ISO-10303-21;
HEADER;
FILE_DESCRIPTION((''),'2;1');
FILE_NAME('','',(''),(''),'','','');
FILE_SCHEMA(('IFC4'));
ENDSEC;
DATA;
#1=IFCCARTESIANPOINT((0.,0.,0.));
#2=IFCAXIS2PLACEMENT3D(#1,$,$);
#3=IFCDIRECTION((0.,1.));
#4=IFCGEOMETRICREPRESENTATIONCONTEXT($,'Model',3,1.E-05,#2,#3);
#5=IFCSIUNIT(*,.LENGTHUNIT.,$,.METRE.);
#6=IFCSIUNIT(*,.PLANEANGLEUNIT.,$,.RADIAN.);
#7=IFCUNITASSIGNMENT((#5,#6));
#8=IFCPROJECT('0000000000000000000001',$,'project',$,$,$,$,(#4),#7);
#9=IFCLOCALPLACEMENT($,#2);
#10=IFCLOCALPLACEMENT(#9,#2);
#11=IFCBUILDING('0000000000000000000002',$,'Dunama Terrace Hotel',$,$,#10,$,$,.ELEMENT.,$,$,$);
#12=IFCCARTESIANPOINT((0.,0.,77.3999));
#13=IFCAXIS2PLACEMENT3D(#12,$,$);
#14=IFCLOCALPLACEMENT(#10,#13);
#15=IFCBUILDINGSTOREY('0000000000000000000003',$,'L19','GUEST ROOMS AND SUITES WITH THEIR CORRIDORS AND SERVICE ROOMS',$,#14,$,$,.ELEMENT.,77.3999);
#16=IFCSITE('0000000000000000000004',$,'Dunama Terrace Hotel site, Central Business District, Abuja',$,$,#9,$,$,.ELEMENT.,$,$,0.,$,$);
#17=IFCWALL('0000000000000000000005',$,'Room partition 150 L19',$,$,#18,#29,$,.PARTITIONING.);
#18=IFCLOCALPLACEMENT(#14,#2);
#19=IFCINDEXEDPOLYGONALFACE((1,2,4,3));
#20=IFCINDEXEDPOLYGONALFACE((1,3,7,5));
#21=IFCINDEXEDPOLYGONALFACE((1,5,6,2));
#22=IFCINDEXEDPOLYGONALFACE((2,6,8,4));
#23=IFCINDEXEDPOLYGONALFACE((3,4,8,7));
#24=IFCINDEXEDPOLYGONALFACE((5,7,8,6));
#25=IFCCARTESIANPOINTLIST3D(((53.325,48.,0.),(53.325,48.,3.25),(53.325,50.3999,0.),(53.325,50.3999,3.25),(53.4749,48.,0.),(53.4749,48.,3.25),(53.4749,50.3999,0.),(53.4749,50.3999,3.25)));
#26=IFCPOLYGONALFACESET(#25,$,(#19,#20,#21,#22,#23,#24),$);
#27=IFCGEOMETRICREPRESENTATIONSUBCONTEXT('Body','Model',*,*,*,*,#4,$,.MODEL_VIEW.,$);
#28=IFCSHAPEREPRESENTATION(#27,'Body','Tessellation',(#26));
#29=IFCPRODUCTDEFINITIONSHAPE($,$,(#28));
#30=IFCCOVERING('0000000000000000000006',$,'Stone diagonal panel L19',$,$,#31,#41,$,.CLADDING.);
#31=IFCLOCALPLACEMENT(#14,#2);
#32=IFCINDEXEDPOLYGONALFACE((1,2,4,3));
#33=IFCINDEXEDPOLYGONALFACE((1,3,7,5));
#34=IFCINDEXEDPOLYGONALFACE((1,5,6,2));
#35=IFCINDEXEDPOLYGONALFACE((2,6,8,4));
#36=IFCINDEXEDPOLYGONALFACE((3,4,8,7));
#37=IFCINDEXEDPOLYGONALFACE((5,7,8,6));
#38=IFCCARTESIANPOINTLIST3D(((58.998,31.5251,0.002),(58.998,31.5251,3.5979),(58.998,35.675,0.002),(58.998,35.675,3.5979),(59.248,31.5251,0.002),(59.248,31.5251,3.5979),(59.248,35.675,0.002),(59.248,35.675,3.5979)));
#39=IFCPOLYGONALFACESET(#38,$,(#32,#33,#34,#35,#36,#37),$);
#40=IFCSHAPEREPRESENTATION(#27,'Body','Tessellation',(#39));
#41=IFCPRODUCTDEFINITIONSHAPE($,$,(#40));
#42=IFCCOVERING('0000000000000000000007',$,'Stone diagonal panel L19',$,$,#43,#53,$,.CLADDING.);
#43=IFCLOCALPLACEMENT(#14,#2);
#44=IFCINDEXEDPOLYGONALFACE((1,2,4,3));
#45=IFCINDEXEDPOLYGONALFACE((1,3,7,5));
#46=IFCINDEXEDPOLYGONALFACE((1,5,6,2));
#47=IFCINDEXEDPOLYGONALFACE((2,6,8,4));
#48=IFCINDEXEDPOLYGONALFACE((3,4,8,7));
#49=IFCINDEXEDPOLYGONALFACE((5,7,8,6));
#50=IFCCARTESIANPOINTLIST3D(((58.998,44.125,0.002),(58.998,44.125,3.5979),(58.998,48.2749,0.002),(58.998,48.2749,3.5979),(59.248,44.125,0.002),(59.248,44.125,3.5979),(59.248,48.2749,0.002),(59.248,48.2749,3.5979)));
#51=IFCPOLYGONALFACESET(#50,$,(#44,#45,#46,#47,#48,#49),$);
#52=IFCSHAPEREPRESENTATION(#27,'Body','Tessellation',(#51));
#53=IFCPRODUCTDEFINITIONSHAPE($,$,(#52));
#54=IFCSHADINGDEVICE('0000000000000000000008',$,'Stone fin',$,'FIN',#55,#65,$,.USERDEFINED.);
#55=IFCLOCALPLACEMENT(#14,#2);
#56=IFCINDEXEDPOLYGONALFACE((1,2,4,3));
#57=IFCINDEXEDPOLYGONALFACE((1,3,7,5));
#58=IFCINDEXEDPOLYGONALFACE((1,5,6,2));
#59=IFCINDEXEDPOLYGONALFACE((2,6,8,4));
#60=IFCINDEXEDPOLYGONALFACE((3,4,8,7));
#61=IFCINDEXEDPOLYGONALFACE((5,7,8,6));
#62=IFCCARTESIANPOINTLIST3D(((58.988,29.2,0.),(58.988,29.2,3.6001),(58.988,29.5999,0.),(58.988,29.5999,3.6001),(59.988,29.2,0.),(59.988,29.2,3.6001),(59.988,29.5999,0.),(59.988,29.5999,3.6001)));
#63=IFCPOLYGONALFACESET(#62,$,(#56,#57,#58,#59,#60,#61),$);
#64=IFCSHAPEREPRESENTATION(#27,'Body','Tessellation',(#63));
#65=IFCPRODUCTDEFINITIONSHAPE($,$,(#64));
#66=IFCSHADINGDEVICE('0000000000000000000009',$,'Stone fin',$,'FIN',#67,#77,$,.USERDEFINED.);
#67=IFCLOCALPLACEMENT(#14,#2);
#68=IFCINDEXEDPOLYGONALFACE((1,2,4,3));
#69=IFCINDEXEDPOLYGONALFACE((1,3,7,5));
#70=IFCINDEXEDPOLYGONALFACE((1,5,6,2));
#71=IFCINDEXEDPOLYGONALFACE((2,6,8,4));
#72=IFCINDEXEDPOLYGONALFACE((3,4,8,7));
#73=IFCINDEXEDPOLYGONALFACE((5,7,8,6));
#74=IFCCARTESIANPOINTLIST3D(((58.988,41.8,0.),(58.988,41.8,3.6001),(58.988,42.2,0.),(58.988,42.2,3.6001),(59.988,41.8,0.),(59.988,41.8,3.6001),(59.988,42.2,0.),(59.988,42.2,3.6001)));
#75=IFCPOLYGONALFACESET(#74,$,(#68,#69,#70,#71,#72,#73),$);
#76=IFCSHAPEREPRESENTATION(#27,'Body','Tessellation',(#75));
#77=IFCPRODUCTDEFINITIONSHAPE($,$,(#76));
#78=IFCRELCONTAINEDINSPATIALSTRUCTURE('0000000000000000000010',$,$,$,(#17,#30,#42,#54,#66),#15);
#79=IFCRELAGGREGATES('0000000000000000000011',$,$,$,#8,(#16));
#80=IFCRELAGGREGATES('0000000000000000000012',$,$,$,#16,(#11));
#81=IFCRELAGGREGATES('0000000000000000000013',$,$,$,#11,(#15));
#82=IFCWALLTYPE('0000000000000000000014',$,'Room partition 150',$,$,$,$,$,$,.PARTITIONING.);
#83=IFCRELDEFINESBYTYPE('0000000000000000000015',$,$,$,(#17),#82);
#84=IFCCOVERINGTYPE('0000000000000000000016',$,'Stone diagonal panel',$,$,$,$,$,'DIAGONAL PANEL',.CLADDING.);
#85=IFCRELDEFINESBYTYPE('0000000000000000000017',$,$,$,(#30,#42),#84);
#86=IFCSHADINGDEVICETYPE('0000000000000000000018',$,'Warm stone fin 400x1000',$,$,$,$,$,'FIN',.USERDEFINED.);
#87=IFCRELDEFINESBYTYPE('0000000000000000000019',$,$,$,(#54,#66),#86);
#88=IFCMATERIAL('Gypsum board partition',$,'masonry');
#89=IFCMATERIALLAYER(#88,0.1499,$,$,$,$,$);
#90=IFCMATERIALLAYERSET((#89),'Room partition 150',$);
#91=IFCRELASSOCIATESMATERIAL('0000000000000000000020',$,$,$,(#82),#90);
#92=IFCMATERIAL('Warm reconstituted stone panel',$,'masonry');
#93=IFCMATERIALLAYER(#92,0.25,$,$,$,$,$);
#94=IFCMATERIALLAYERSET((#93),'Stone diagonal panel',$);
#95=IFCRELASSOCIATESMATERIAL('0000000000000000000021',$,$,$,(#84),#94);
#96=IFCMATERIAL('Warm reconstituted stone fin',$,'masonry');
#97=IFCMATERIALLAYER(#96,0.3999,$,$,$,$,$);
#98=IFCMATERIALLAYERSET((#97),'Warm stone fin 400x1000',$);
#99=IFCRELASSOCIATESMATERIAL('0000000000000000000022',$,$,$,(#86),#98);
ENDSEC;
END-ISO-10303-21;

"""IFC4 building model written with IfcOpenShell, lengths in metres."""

from ifc_helpers import new_model, si_unit, direction, frame, frame_2d, origin, origin_2d, place, context, subcontext, project, spatial, rectangle, extrude, material, layer, layer_set, type_object, element, save


model = new_model("IFC4")

# Units and contexts
model_context = context("Model", 3, precision=1e-05, world=origin(), true_north=direction((0.0, 1.0)))
body_context = subcontext(model_context, "Body", "Model", "MODEL_VIEW")
ifc_project = project(units=[si_unit("LENGTHUNIT", "METRE"), si_unit("PLANEANGLEUNIT", "RADIAN")], contexts=[model_context])

# Site, building, storey
site_placement = place(None, origin())
site = spatial("IfcSite", under=ifc_project, at=site_placement, Name="Dunama Terrace Hotel site, Central Business District, Abuja", CompositionType="ELEMENT", RefElevation=0.0)
building_placement = place(site_placement, origin())
building = spatial("IfcBuilding", under=site, at=building_placement, Name="Dunama Terrace Hotel", CompositionType="ELEMENT")
storey_placement = place(building_placement, frame((0.0, 0.0, 77.3999)))
storey = spatial("IfcBuildingStorey", under=building, at=storey_placement, Name="L19", Description="GUEST ROOMS AND SUITES WITH THEIR CORRIDORS AND SERVICE ROOMS", CompositionType="ELEMENT", Elevation=77.3999)

# Shared definitions
ifc_material_1 = material(Name="Gypsum board partition", Category="masonry")
ifc_layer_1 = layer(ifc_material_1, 0.1499)
ifc_layer_set_1 = layer_set([ifc_layer_1], Name="Room partition 150")
wall_type = type_object("IfcWallType", Name="Room partition 150", PredefinedType="PARTITIONING", material=ifc_layer_set_1)

# Wall
wall_1_placement = place(storey_placement, frame((53.3999, 48.0, 0.0), z_axis=(0.0, 0.0, 1.0), x_axis=(0.0, 1.0, 0.0)))
element("IfcWall", 1, at=wall_1_placement, inside=storey, type_object=wall_type, Name="Room partition 150 L19", PredefinedType="PARTITIONING", context=body_context, shape_type="SweptSolid", body=[
    extrude(rectangle(XDim=2.3999, YDim=0.1499, at=frame_2d((1.2, 0.0))), origin(), (0.0, 0.0, 1.0), 3.25),
])

# Coverings
ifc_material_2 = material(Name="Warm reconstituted stone panel", Category="masonry")
ifc_layer_2 = layer(ifc_material_2, 0.25)
ifc_layer_set_2 = layer_set([ifc_layer_2], Name="Stone diagonal panel")
covering_type = type_object("IfcCoveringType", Name="Stone diagonal panel", ElementType="DIAGONAL PANEL", PredefinedType="CLADDING", material=ifc_layer_set_2)
for number, where, z_axis, x_axis, name in (
    (2, (59.123, 33.6001, 0.002), (0.0, 0.0, 1.0), (0.0, 1.0, 0.0), "Stone diagonal panel L19"),
    (3, (59.123, 46.2, 0.002), (0.0, 0.0, 1.0), (0.0, 1.0, 0.0), "Stone diagonal panel L19"),
):
    element("IfcCovering", number, at=place(storey_placement, frame(where, z_axis=z_axis, x_axis=x_axis)), inside=storey, type_object=covering_type, Name=name, PredefinedType="CLADDING", context=body_context, shape_type="SweptSolid", body=[
        extrude(rectangle(XDim=4.1499, YDim=0.25, at=origin_2d()), origin(), (0.0, 0.0, 1.0), 3.5959),
    ])

# Shading devices
ifc_material_3 = material(Name="Warm reconstituted stone fin", Category="masonry")
ifc_layer_3 = layer(ifc_material_3, 0.3999)
ifc_layer_set_3 = layer_set([ifc_layer_3], Name="Warm stone fin 400x1000")
shading_device_type = type_object("IfcShadingDeviceType", Name="Warm stone fin 400x1000", ElementType="FIN", PredefinedType="USERDEFINED", material=ifc_layer_set_3)
for number, where, z_axis, x_axis, name in (
    (4, (59.488, 29.3999, 0.0), (0.0, 0.0, 1.0), (0.0, 1.0, 0.0), "Stone fin"),
    (5, (59.488, 42.0, 0.0), (0.0, 0.0, 1.0), (0.0, 1.0, 0.0), "Stone fin"),
):
    element("IfcShadingDevice", number, at=place(storey_placement, frame(where, z_axis=z_axis, x_axis=x_axis)), inside=storey, type_object=shading_device_type, Name=name, ObjectType="FIN", PredefinedType="USERDEFINED", context=body_context, shape_type="SweptSolid", body=[
        extrude(rectangle(XDim=0.3999, YDim=1.0, at=origin_2d()), origin(), (0.0, 0.0, 1.0), 3.6001),
    ])

save(model, "model.ifc")
